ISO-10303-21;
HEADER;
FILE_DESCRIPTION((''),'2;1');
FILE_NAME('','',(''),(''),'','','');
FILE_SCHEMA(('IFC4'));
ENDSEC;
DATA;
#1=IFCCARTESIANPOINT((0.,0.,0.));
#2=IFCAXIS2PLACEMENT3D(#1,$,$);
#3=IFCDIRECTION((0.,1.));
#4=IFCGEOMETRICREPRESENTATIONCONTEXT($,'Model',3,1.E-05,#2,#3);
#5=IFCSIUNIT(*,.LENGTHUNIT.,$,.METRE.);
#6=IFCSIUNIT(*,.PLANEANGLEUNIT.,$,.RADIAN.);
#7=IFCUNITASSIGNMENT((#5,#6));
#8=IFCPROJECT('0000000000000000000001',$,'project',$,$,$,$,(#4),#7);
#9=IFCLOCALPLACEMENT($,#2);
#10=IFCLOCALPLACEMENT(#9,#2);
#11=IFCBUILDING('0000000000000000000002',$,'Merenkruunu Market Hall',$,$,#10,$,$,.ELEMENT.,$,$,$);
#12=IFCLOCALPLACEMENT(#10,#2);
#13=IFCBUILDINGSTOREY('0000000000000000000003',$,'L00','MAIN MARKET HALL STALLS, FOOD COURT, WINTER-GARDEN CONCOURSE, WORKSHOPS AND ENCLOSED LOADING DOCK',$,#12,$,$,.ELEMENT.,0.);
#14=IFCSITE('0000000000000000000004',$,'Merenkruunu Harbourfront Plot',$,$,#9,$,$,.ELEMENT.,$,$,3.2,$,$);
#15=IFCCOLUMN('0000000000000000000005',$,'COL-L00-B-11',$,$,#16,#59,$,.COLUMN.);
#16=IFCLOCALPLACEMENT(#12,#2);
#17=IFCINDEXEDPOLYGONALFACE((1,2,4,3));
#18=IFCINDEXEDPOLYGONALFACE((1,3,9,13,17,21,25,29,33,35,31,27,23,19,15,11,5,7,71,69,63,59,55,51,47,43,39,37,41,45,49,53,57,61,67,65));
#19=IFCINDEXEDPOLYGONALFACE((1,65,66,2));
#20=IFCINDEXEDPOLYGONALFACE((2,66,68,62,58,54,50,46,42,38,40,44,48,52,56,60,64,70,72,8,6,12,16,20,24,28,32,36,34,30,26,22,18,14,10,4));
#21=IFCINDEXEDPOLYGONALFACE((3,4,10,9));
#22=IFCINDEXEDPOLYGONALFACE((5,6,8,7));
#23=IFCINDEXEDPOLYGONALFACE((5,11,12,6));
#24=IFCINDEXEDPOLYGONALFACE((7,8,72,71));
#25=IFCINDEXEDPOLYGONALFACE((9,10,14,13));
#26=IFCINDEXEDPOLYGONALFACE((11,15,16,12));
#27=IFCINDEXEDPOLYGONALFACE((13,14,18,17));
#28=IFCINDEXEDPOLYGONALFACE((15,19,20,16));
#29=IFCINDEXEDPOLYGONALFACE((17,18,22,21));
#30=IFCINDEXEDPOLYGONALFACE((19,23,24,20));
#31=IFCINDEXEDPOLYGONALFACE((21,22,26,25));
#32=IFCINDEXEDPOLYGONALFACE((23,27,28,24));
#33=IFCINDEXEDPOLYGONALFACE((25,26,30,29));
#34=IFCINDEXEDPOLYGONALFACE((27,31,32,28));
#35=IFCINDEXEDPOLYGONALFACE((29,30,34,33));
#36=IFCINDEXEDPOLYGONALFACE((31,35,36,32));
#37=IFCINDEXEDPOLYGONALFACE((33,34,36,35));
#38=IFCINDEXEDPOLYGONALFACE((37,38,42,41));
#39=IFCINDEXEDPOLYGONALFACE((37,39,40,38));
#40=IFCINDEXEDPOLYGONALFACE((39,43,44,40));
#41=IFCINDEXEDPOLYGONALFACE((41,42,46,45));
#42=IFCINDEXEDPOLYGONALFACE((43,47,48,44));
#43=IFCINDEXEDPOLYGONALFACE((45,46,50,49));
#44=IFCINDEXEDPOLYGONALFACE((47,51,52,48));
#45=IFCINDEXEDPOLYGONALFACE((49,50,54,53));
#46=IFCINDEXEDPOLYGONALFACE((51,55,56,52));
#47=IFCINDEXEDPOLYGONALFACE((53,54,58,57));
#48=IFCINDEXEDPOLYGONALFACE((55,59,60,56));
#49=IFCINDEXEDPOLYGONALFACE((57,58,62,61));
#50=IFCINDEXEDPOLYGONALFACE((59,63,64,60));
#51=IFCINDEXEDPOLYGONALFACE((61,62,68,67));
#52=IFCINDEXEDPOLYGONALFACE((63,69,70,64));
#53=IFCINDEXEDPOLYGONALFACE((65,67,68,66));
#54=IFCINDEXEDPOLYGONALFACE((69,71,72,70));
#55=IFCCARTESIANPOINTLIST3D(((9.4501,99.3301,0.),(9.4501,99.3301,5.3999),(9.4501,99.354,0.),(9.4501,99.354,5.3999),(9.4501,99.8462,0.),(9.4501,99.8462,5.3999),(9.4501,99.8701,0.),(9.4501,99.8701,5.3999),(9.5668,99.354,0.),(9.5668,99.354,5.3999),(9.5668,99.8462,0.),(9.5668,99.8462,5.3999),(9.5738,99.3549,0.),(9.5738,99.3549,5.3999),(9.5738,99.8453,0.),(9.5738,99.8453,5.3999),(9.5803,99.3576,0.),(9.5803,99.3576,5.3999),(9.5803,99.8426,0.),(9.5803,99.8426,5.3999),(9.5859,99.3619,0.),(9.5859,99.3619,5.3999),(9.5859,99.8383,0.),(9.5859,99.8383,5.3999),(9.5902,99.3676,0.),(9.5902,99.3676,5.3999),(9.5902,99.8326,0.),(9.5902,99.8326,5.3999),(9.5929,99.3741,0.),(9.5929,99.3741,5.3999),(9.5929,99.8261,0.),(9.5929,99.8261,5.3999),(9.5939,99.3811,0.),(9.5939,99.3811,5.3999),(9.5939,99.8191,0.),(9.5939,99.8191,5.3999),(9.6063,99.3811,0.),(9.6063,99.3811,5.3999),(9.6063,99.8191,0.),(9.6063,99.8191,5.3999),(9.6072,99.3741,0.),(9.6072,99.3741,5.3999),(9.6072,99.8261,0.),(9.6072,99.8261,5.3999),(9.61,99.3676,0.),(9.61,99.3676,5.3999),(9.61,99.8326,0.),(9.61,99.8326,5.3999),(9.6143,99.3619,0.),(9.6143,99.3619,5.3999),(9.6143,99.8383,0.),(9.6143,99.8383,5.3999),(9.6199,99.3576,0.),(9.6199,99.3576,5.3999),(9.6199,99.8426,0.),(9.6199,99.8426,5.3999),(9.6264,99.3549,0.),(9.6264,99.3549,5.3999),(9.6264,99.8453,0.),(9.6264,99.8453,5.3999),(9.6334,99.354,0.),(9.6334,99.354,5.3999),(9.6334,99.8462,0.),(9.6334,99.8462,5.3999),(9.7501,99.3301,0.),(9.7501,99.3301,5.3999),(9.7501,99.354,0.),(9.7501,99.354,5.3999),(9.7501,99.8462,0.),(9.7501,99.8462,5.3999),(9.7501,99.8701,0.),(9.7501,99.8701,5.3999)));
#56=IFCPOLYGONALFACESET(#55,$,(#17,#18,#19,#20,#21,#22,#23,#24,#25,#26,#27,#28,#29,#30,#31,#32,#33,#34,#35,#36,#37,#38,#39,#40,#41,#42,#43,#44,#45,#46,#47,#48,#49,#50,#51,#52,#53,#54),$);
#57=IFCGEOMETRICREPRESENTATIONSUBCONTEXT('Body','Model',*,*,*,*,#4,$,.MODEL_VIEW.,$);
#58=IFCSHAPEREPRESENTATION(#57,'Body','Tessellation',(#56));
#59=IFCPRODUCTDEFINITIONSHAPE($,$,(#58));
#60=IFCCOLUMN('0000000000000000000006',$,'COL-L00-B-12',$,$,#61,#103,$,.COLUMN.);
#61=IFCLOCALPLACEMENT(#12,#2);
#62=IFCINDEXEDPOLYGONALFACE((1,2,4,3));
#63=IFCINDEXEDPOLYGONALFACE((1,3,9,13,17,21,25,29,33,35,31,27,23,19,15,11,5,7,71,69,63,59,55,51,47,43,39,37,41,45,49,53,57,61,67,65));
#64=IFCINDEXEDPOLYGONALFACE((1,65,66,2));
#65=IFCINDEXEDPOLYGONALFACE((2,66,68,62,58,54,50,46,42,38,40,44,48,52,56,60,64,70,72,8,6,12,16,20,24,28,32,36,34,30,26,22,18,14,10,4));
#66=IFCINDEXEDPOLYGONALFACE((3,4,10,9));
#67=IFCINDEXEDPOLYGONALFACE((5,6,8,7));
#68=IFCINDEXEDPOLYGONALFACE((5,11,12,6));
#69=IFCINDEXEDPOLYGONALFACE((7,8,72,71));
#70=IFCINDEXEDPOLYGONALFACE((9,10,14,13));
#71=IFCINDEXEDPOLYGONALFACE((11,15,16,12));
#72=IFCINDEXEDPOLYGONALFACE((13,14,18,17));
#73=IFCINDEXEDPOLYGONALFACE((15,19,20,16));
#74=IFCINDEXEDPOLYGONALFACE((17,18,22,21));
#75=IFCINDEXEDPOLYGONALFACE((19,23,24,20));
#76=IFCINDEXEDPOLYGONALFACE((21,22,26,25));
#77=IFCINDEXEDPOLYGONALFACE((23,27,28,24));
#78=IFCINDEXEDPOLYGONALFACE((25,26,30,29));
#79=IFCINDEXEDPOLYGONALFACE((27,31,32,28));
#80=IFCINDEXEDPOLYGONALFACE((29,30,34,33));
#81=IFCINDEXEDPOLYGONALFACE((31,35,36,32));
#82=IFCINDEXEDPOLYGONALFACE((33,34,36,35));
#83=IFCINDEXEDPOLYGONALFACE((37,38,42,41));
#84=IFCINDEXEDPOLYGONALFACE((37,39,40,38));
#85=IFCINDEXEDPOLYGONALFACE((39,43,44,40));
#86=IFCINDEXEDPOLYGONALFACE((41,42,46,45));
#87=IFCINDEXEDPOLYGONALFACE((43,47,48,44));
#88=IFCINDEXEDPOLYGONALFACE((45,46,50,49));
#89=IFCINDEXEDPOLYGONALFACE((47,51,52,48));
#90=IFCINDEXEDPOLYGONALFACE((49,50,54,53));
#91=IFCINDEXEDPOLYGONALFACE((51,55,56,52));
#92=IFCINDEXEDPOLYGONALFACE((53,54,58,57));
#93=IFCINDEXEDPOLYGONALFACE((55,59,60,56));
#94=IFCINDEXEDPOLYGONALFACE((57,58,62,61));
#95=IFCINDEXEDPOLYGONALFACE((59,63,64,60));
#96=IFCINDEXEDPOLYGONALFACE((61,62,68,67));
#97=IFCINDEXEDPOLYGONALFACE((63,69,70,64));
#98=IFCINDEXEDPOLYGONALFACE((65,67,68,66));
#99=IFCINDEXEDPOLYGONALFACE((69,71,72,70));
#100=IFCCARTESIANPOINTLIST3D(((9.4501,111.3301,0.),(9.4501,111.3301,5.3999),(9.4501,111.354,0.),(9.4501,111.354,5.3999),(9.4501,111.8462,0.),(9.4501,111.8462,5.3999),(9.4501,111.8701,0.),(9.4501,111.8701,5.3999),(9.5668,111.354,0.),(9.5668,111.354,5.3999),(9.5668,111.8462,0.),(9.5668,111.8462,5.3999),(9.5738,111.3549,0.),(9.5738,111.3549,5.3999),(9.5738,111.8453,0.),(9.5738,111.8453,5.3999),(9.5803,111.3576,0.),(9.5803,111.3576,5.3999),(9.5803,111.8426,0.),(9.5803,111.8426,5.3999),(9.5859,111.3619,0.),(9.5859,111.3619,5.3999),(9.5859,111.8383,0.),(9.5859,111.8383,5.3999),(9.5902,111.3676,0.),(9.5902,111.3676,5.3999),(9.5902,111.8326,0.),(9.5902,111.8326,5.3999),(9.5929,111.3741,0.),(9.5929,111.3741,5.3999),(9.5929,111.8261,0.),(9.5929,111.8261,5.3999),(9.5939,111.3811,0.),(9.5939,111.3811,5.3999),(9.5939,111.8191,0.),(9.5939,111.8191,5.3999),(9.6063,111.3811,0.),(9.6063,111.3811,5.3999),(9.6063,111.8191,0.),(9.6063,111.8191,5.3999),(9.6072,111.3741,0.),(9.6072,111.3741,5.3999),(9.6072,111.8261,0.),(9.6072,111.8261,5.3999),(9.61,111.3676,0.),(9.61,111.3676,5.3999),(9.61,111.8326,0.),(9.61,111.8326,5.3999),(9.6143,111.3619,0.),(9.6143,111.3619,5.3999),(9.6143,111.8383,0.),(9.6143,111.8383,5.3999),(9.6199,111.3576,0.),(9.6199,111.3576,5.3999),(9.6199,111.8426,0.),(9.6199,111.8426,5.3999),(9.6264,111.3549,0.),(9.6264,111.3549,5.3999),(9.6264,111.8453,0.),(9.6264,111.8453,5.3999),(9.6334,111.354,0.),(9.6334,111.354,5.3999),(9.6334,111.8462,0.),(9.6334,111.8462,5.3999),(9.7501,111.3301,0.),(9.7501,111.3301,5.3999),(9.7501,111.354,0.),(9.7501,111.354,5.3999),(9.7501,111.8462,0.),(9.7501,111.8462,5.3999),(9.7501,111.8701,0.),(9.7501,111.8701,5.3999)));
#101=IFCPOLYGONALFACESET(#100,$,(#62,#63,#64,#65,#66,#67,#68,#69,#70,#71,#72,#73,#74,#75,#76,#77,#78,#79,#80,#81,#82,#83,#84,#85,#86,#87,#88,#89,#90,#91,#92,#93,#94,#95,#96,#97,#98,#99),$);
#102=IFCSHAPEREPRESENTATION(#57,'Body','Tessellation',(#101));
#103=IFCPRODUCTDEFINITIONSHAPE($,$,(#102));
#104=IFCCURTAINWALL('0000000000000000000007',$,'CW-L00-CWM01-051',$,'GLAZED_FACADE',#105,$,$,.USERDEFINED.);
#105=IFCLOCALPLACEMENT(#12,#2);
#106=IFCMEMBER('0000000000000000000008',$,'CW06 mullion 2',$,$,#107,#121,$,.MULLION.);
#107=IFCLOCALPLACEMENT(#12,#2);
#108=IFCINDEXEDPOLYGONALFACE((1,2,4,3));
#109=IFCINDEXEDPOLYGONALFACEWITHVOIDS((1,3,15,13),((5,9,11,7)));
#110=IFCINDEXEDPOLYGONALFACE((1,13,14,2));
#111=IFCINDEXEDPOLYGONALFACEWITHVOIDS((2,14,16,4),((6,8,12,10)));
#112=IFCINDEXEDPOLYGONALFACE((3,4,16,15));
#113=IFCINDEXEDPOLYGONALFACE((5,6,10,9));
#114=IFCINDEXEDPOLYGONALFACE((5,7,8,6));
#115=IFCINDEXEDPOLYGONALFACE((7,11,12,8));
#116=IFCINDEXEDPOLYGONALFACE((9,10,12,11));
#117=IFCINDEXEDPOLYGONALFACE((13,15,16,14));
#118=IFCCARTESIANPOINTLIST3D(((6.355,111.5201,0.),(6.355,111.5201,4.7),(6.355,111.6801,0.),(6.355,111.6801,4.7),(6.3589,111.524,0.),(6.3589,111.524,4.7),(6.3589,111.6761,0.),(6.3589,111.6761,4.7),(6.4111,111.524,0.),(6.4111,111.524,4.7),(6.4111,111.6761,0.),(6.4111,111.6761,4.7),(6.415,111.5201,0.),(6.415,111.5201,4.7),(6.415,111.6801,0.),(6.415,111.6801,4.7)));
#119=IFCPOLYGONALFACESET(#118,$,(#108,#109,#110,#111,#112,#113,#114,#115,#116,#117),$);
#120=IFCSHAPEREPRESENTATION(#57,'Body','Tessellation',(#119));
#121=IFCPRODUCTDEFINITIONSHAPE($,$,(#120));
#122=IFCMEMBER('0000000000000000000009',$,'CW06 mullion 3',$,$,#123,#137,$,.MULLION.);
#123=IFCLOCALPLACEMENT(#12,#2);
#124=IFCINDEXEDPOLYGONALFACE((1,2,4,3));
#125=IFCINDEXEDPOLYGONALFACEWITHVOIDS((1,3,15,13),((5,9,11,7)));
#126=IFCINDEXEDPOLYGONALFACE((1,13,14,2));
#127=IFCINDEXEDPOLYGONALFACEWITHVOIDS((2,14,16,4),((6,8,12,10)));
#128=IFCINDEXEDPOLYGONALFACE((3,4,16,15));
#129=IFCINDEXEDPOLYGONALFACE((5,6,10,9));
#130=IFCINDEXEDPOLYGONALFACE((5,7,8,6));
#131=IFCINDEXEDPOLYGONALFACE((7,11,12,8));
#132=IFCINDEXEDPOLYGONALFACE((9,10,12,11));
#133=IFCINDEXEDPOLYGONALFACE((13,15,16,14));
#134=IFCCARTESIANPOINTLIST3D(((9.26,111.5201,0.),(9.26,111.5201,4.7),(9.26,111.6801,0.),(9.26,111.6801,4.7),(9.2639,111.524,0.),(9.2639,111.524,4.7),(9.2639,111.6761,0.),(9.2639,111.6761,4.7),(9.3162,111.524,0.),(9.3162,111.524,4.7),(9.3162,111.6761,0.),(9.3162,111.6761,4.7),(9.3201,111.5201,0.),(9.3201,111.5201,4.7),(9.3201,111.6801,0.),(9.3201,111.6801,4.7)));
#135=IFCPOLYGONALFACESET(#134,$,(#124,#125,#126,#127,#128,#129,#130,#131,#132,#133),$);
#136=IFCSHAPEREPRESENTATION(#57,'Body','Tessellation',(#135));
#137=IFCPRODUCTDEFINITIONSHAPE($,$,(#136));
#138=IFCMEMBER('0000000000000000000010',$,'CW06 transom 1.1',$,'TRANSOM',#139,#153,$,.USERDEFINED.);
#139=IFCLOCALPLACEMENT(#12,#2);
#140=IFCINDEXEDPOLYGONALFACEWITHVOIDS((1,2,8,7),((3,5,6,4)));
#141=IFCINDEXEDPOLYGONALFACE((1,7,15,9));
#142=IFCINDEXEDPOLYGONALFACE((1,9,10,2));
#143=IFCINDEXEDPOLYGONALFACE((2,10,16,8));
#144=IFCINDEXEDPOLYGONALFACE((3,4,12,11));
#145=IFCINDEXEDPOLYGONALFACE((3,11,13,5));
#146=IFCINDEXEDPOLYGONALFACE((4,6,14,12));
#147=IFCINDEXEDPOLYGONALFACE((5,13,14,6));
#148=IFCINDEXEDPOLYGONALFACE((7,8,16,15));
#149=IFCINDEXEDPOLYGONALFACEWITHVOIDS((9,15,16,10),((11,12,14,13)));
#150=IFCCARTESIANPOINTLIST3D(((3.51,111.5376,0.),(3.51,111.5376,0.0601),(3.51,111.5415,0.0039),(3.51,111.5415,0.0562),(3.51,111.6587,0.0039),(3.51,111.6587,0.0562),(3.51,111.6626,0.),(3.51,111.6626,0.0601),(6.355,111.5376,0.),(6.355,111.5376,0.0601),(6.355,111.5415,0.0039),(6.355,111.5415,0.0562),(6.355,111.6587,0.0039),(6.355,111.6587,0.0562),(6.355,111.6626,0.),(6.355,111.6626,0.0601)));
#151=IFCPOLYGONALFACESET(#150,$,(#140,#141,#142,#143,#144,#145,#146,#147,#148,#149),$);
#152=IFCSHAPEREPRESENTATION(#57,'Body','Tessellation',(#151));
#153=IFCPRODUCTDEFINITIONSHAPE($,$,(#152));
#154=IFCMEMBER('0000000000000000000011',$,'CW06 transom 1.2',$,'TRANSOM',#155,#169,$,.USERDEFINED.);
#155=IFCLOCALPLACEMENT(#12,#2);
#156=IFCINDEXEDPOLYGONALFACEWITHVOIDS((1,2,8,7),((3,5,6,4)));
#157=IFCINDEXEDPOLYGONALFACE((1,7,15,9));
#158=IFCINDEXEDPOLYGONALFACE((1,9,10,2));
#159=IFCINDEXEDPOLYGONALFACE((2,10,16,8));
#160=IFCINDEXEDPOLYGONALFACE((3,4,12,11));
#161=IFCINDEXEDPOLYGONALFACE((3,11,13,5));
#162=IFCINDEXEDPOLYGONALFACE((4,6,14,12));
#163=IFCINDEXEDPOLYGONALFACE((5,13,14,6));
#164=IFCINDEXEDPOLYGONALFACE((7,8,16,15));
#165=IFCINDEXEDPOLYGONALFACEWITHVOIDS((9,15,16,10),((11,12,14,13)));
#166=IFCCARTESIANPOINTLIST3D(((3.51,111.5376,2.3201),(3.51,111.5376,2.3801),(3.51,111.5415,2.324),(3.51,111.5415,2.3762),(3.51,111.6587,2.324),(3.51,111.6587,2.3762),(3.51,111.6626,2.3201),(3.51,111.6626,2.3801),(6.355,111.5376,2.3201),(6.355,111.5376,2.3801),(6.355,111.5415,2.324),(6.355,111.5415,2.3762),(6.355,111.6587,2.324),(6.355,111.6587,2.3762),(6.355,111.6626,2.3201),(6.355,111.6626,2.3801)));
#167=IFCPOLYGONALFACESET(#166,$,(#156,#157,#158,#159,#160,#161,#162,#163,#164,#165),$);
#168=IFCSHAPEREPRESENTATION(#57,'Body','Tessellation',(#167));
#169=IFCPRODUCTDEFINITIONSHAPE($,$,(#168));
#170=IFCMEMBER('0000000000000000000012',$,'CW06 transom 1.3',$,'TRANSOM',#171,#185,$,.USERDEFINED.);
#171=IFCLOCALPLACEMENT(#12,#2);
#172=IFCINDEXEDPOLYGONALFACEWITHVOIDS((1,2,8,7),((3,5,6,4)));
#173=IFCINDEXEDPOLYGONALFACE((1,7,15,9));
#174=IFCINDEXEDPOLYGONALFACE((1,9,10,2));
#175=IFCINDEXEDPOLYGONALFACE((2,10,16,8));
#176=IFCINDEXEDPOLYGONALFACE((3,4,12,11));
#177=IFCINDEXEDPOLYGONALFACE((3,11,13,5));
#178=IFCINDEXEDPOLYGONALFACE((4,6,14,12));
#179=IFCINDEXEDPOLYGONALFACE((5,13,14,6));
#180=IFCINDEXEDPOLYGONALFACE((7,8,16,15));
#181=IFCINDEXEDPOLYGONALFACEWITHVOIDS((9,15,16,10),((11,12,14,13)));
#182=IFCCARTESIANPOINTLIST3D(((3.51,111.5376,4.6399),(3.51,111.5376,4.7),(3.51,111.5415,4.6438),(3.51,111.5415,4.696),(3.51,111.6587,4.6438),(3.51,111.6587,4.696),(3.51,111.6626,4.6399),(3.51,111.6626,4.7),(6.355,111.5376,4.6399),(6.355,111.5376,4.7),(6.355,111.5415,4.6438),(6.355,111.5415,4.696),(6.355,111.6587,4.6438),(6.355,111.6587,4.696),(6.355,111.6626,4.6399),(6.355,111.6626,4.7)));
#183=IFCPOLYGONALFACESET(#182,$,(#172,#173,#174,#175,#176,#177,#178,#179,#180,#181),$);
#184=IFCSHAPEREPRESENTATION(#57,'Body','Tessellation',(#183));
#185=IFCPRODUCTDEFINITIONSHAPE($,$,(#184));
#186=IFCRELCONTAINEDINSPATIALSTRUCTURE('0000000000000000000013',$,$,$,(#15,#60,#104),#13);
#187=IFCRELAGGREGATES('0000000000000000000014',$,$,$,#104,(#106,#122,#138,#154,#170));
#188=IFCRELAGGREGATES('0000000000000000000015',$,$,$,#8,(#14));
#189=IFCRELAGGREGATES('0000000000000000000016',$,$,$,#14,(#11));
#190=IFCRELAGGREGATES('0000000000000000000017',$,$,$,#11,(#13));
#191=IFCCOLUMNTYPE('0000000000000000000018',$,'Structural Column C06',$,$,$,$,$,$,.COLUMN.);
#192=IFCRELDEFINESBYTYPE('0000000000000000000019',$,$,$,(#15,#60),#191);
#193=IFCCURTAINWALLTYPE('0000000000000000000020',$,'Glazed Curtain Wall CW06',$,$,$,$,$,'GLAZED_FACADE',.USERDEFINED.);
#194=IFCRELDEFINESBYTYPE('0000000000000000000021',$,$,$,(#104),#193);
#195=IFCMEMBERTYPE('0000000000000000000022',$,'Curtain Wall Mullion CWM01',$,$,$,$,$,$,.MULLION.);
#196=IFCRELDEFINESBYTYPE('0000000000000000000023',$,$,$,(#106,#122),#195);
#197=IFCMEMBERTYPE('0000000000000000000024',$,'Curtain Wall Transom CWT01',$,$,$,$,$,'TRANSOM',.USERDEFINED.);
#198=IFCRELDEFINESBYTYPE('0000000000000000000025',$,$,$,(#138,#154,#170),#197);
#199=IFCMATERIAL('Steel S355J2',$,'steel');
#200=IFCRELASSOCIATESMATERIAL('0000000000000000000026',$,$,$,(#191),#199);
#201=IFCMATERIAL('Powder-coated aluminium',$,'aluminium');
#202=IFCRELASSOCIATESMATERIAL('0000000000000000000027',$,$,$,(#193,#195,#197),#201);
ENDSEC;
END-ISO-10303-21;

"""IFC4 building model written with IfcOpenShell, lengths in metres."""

from ifc_helpers import new_model, si_unit, direction, frame, origin, origin_2d, place, context, subcontext, project, spatial, hollow_rectangle, i_section, extrude, material, material_profile, profile_set, type_object, element, aggregate, save


model = new_model("IFC4")

# Units and contexts
model_context = context("Model", 3, precision=1e-05, world=origin(), true_north=direction((0.0, 1.0)))
body_context = subcontext(model_context, "Body", "Model", "MODEL_VIEW")
ifc_project = project(units=[si_unit("LENGTHUNIT", "METRE"), si_unit("PLANEANGLEUNIT", "RADIAN")], contexts=[model_context])

# Site, building, storey
site_placement = place(None, origin())
site = spatial("IfcSite", under=ifc_project, at=site_placement, Name="Merenkruunu Harbourfront Plot", CompositionType="ELEMENT", RefElevation=3.2)
building_placement = place(site_placement, origin())
building = spatial("IfcBuilding", under=site, at=building_placement, Name="Merenkruunu Market Hall", CompositionType="ELEMENT")
storey_placement = place(building_placement, origin())
storey = spatial("IfcBuildingStorey", under=building, at=storey_placement, Name="L00", Description="MAIN MARKET HALL STALLS, FOOD COURT, WINTER-GARDEN CONCOURSE, WORKSHOPS AND ENCLOSED LOADING DOCK", CompositionType="ELEMENT", Elevation=0.0)

# Columns
ifc_material_1 = material(Name="Steel S355J2", Category="steel")
ifc_material_profile_1 = material_profile(ifc_material_1, i_section(OverallWidth=0.3, OverallDepth=0.54, WebThickness=0.0125, FlangeThickness=0.0239, FilletRadius=0.0271, at=origin_2d()), Name="HEA 550")
ifc_profile_set_1 = profile_set([ifc_material_profile_1], Name="Steel S355J2")
column_type = type_object("IfcColumnType", Name="Structural Column C06", PredefinedType="COLUMN", material=ifc_profile_set_1)
for number, where, z_axis, x_axis, name in (
    (1, (9.6001, 99.6001, 0.0), (0.0, 0.0, 1.0), (1.0, 0.0, 0.0), "COL-L00-B-11"),
    (2, (9.6001, 111.6001, 0.0), (0.0, 0.0, 1.0), (1.0, 0.0, 0.0), "COL-L00-B-12"),
):
    element("IfcColumn", number, at=place(storey_placement, frame(where, z_axis=z_axis, x_axis=x_axis)), inside=storey, type_object=column_type, Name=name, PredefinedType="COLUMN", context=body_context, shape_type="SweptSolid", body=[
        extrude(i_section(OverallWidth=0.3, OverallDepth=0.54, WebThickness=0.0125, FlangeThickness=0.0239, FilletRadius=0.0271, at=origin_2d()), origin(), (0.0, 0.0, 1.0), 5.3999),
    ])

# Curtain wall, members
ifc_material_2 = material(Name="Powder-coated aluminium", Category="aluminium")
curtain_wall_type = type_object("IfcCurtainWallType", Name="Glazed Curtain Wall CW06", ElementType="GLAZED_FACADE", PredefinedType="USERDEFINED", material=ifc_material_2)
curtain_wall_placement = place(storey_placement, origin())
curtain_wall = element("IfcCurtainWall", 3, at=curtain_wall_placement, inside=storey, type_object=curtain_wall_type, Name="CW-L00-CWM01-051", ObjectType="GLAZED_FACADE", PredefinedType="USERDEFINED")
ifc_material_profile_2 = material_profile(ifc_material_2, hollow_rectangle(XDim=0.0601, YDim=0.1599, WallThickness=0.0039, at=origin_2d()), Name="ALU 60x160x4")
ifc_profile_set_2 = profile_set([ifc_material_profile_2], Name="Powder-coated aluminium")
member_type_1 = type_object("IfcMemberType", Name="Curtain Wall Mullion CWM01", PredefinedType="MULLION", material=ifc_profile_set_2)
member_1_placement = place(storey_placement, frame((6.385, 111.6001, 0.0), z_axis=(0.0, 0.0, 1.0), x_axis=(1.0, 0.0, 0.0)))
member_1 = element("IfcMember", 4, at=member_1_placement, type_object=member_type_1, Name="CW06 mullion 2", PredefinedType="MULLION", context=body_context, shape_type="SweptSolid", body=[
    extrude(hollow_rectangle(XDim=0.0601, YDim=0.1599, WallThickness=0.0039, at=origin_2d()), origin(), (0.0, 0.0, 1.0), 4.7),
])
member_2_placement = place(storey_placement, frame((9.29, 111.6001, 0.0), z_axis=(0.0, 0.0, 1.0), x_axis=(1.0, 0.0, 0.0)))
member_2 = element("IfcMember", 5, at=member_2_placement, type_object=member_type_1, Name="CW06 mullion 3", PredefinedType="MULLION", context=body_context, shape_type="SweptSolid", body=[
    extrude(hollow_rectangle(XDim=0.0601, YDim=0.1599, WallThickness=0.0039, at=origin_2d()), origin(), (0.0, 0.0, 1.0), 4.7),
])
ifc_material_profile_3 = material_profile(ifc_material_2, hollow_rectangle(XDim=0.0601, YDim=0.125, WallThickness=0.0039, at=origin_2d()), Name="ALU 60x125x4")
ifc_profile_set_3 = profile_set([ifc_material_profile_3], Name="Powder-coated aluminium")
member_type_2 = type_object("IfcMemberType", Name="Curtain Wall Transom CWT01", ElementType="TRANSOM", PredefinedType="USERDEFINED", material=ifc_profile_set_3)
member_3_placement = place(storey_placement, frame((3.51, 111.6001, 0.03), z_axis=(1.0, 0.0, 0.0), x_axis=(0.0, 0.0, 1.0)))
member_3 = element("IfcMember", 6, at=member_3_placement, type_object=member_type_2, Name="CW06 transom 1.1", ObjectType="TRANSOM", PredefinedType="USERDEFINED", context=body_context, shape_type="SweptSolid", body=[
    extrude(hollow_rectangle(XDim=0.0601, YDim=0.125, WallThickness=0.0039, at=origin_2d()), origin(), (0.0, 0.0, 1.0), 2.845),
])
member_4_placement = place(storey_placement, frame((3.51, 111.6001, 2.3501), z_axis=(1.0, 0.0, 0.0), x_axis=(0.0, 0.0, 1.0)))
member_4 = element("IfcMember", 7, at=member_4_placement, type_object=member_type_2, Name="CW06 transom 1.2", ObjectType="TRANSOM", PredefinedType="USERDEFINED", context=body_context, shape_type="SweptSolid", body=[
    extrude(hollow_rectangle(XDim=0.0601, YDim=0.125, WallThickness=0.0039, at=origin_2d()), origin(), (0.0, 0.0, 1.0), 2.845),
])
member_5_placement = place(storey_placement, frame((3.51, 111.6001, 4.6699), z_axis=(1.0, 0.0, 0.0), x_axis=(0.0, 0.0, 1.0)))
member_5 = element("IfcMember", 8, at=member_5_placement, type_object=member_type_2, Name="CW06 transom 1.3", ObjectType="TRANSOM", PredefinedType="USERDEFINED", context=body_context, shape_type="SweptSolid", body=[
    extrude(hollow_rectangle(XDim=0.0601, YDim=0.125, WallThickness=0.0039, at=origin_2d()), origin(), (0.0, 0.0, 1.0), 2.845),
])

aggregate(curtain_wall, [member_1, member_2, member_3, member_4, member_5])

save(model, "model.ifc")
